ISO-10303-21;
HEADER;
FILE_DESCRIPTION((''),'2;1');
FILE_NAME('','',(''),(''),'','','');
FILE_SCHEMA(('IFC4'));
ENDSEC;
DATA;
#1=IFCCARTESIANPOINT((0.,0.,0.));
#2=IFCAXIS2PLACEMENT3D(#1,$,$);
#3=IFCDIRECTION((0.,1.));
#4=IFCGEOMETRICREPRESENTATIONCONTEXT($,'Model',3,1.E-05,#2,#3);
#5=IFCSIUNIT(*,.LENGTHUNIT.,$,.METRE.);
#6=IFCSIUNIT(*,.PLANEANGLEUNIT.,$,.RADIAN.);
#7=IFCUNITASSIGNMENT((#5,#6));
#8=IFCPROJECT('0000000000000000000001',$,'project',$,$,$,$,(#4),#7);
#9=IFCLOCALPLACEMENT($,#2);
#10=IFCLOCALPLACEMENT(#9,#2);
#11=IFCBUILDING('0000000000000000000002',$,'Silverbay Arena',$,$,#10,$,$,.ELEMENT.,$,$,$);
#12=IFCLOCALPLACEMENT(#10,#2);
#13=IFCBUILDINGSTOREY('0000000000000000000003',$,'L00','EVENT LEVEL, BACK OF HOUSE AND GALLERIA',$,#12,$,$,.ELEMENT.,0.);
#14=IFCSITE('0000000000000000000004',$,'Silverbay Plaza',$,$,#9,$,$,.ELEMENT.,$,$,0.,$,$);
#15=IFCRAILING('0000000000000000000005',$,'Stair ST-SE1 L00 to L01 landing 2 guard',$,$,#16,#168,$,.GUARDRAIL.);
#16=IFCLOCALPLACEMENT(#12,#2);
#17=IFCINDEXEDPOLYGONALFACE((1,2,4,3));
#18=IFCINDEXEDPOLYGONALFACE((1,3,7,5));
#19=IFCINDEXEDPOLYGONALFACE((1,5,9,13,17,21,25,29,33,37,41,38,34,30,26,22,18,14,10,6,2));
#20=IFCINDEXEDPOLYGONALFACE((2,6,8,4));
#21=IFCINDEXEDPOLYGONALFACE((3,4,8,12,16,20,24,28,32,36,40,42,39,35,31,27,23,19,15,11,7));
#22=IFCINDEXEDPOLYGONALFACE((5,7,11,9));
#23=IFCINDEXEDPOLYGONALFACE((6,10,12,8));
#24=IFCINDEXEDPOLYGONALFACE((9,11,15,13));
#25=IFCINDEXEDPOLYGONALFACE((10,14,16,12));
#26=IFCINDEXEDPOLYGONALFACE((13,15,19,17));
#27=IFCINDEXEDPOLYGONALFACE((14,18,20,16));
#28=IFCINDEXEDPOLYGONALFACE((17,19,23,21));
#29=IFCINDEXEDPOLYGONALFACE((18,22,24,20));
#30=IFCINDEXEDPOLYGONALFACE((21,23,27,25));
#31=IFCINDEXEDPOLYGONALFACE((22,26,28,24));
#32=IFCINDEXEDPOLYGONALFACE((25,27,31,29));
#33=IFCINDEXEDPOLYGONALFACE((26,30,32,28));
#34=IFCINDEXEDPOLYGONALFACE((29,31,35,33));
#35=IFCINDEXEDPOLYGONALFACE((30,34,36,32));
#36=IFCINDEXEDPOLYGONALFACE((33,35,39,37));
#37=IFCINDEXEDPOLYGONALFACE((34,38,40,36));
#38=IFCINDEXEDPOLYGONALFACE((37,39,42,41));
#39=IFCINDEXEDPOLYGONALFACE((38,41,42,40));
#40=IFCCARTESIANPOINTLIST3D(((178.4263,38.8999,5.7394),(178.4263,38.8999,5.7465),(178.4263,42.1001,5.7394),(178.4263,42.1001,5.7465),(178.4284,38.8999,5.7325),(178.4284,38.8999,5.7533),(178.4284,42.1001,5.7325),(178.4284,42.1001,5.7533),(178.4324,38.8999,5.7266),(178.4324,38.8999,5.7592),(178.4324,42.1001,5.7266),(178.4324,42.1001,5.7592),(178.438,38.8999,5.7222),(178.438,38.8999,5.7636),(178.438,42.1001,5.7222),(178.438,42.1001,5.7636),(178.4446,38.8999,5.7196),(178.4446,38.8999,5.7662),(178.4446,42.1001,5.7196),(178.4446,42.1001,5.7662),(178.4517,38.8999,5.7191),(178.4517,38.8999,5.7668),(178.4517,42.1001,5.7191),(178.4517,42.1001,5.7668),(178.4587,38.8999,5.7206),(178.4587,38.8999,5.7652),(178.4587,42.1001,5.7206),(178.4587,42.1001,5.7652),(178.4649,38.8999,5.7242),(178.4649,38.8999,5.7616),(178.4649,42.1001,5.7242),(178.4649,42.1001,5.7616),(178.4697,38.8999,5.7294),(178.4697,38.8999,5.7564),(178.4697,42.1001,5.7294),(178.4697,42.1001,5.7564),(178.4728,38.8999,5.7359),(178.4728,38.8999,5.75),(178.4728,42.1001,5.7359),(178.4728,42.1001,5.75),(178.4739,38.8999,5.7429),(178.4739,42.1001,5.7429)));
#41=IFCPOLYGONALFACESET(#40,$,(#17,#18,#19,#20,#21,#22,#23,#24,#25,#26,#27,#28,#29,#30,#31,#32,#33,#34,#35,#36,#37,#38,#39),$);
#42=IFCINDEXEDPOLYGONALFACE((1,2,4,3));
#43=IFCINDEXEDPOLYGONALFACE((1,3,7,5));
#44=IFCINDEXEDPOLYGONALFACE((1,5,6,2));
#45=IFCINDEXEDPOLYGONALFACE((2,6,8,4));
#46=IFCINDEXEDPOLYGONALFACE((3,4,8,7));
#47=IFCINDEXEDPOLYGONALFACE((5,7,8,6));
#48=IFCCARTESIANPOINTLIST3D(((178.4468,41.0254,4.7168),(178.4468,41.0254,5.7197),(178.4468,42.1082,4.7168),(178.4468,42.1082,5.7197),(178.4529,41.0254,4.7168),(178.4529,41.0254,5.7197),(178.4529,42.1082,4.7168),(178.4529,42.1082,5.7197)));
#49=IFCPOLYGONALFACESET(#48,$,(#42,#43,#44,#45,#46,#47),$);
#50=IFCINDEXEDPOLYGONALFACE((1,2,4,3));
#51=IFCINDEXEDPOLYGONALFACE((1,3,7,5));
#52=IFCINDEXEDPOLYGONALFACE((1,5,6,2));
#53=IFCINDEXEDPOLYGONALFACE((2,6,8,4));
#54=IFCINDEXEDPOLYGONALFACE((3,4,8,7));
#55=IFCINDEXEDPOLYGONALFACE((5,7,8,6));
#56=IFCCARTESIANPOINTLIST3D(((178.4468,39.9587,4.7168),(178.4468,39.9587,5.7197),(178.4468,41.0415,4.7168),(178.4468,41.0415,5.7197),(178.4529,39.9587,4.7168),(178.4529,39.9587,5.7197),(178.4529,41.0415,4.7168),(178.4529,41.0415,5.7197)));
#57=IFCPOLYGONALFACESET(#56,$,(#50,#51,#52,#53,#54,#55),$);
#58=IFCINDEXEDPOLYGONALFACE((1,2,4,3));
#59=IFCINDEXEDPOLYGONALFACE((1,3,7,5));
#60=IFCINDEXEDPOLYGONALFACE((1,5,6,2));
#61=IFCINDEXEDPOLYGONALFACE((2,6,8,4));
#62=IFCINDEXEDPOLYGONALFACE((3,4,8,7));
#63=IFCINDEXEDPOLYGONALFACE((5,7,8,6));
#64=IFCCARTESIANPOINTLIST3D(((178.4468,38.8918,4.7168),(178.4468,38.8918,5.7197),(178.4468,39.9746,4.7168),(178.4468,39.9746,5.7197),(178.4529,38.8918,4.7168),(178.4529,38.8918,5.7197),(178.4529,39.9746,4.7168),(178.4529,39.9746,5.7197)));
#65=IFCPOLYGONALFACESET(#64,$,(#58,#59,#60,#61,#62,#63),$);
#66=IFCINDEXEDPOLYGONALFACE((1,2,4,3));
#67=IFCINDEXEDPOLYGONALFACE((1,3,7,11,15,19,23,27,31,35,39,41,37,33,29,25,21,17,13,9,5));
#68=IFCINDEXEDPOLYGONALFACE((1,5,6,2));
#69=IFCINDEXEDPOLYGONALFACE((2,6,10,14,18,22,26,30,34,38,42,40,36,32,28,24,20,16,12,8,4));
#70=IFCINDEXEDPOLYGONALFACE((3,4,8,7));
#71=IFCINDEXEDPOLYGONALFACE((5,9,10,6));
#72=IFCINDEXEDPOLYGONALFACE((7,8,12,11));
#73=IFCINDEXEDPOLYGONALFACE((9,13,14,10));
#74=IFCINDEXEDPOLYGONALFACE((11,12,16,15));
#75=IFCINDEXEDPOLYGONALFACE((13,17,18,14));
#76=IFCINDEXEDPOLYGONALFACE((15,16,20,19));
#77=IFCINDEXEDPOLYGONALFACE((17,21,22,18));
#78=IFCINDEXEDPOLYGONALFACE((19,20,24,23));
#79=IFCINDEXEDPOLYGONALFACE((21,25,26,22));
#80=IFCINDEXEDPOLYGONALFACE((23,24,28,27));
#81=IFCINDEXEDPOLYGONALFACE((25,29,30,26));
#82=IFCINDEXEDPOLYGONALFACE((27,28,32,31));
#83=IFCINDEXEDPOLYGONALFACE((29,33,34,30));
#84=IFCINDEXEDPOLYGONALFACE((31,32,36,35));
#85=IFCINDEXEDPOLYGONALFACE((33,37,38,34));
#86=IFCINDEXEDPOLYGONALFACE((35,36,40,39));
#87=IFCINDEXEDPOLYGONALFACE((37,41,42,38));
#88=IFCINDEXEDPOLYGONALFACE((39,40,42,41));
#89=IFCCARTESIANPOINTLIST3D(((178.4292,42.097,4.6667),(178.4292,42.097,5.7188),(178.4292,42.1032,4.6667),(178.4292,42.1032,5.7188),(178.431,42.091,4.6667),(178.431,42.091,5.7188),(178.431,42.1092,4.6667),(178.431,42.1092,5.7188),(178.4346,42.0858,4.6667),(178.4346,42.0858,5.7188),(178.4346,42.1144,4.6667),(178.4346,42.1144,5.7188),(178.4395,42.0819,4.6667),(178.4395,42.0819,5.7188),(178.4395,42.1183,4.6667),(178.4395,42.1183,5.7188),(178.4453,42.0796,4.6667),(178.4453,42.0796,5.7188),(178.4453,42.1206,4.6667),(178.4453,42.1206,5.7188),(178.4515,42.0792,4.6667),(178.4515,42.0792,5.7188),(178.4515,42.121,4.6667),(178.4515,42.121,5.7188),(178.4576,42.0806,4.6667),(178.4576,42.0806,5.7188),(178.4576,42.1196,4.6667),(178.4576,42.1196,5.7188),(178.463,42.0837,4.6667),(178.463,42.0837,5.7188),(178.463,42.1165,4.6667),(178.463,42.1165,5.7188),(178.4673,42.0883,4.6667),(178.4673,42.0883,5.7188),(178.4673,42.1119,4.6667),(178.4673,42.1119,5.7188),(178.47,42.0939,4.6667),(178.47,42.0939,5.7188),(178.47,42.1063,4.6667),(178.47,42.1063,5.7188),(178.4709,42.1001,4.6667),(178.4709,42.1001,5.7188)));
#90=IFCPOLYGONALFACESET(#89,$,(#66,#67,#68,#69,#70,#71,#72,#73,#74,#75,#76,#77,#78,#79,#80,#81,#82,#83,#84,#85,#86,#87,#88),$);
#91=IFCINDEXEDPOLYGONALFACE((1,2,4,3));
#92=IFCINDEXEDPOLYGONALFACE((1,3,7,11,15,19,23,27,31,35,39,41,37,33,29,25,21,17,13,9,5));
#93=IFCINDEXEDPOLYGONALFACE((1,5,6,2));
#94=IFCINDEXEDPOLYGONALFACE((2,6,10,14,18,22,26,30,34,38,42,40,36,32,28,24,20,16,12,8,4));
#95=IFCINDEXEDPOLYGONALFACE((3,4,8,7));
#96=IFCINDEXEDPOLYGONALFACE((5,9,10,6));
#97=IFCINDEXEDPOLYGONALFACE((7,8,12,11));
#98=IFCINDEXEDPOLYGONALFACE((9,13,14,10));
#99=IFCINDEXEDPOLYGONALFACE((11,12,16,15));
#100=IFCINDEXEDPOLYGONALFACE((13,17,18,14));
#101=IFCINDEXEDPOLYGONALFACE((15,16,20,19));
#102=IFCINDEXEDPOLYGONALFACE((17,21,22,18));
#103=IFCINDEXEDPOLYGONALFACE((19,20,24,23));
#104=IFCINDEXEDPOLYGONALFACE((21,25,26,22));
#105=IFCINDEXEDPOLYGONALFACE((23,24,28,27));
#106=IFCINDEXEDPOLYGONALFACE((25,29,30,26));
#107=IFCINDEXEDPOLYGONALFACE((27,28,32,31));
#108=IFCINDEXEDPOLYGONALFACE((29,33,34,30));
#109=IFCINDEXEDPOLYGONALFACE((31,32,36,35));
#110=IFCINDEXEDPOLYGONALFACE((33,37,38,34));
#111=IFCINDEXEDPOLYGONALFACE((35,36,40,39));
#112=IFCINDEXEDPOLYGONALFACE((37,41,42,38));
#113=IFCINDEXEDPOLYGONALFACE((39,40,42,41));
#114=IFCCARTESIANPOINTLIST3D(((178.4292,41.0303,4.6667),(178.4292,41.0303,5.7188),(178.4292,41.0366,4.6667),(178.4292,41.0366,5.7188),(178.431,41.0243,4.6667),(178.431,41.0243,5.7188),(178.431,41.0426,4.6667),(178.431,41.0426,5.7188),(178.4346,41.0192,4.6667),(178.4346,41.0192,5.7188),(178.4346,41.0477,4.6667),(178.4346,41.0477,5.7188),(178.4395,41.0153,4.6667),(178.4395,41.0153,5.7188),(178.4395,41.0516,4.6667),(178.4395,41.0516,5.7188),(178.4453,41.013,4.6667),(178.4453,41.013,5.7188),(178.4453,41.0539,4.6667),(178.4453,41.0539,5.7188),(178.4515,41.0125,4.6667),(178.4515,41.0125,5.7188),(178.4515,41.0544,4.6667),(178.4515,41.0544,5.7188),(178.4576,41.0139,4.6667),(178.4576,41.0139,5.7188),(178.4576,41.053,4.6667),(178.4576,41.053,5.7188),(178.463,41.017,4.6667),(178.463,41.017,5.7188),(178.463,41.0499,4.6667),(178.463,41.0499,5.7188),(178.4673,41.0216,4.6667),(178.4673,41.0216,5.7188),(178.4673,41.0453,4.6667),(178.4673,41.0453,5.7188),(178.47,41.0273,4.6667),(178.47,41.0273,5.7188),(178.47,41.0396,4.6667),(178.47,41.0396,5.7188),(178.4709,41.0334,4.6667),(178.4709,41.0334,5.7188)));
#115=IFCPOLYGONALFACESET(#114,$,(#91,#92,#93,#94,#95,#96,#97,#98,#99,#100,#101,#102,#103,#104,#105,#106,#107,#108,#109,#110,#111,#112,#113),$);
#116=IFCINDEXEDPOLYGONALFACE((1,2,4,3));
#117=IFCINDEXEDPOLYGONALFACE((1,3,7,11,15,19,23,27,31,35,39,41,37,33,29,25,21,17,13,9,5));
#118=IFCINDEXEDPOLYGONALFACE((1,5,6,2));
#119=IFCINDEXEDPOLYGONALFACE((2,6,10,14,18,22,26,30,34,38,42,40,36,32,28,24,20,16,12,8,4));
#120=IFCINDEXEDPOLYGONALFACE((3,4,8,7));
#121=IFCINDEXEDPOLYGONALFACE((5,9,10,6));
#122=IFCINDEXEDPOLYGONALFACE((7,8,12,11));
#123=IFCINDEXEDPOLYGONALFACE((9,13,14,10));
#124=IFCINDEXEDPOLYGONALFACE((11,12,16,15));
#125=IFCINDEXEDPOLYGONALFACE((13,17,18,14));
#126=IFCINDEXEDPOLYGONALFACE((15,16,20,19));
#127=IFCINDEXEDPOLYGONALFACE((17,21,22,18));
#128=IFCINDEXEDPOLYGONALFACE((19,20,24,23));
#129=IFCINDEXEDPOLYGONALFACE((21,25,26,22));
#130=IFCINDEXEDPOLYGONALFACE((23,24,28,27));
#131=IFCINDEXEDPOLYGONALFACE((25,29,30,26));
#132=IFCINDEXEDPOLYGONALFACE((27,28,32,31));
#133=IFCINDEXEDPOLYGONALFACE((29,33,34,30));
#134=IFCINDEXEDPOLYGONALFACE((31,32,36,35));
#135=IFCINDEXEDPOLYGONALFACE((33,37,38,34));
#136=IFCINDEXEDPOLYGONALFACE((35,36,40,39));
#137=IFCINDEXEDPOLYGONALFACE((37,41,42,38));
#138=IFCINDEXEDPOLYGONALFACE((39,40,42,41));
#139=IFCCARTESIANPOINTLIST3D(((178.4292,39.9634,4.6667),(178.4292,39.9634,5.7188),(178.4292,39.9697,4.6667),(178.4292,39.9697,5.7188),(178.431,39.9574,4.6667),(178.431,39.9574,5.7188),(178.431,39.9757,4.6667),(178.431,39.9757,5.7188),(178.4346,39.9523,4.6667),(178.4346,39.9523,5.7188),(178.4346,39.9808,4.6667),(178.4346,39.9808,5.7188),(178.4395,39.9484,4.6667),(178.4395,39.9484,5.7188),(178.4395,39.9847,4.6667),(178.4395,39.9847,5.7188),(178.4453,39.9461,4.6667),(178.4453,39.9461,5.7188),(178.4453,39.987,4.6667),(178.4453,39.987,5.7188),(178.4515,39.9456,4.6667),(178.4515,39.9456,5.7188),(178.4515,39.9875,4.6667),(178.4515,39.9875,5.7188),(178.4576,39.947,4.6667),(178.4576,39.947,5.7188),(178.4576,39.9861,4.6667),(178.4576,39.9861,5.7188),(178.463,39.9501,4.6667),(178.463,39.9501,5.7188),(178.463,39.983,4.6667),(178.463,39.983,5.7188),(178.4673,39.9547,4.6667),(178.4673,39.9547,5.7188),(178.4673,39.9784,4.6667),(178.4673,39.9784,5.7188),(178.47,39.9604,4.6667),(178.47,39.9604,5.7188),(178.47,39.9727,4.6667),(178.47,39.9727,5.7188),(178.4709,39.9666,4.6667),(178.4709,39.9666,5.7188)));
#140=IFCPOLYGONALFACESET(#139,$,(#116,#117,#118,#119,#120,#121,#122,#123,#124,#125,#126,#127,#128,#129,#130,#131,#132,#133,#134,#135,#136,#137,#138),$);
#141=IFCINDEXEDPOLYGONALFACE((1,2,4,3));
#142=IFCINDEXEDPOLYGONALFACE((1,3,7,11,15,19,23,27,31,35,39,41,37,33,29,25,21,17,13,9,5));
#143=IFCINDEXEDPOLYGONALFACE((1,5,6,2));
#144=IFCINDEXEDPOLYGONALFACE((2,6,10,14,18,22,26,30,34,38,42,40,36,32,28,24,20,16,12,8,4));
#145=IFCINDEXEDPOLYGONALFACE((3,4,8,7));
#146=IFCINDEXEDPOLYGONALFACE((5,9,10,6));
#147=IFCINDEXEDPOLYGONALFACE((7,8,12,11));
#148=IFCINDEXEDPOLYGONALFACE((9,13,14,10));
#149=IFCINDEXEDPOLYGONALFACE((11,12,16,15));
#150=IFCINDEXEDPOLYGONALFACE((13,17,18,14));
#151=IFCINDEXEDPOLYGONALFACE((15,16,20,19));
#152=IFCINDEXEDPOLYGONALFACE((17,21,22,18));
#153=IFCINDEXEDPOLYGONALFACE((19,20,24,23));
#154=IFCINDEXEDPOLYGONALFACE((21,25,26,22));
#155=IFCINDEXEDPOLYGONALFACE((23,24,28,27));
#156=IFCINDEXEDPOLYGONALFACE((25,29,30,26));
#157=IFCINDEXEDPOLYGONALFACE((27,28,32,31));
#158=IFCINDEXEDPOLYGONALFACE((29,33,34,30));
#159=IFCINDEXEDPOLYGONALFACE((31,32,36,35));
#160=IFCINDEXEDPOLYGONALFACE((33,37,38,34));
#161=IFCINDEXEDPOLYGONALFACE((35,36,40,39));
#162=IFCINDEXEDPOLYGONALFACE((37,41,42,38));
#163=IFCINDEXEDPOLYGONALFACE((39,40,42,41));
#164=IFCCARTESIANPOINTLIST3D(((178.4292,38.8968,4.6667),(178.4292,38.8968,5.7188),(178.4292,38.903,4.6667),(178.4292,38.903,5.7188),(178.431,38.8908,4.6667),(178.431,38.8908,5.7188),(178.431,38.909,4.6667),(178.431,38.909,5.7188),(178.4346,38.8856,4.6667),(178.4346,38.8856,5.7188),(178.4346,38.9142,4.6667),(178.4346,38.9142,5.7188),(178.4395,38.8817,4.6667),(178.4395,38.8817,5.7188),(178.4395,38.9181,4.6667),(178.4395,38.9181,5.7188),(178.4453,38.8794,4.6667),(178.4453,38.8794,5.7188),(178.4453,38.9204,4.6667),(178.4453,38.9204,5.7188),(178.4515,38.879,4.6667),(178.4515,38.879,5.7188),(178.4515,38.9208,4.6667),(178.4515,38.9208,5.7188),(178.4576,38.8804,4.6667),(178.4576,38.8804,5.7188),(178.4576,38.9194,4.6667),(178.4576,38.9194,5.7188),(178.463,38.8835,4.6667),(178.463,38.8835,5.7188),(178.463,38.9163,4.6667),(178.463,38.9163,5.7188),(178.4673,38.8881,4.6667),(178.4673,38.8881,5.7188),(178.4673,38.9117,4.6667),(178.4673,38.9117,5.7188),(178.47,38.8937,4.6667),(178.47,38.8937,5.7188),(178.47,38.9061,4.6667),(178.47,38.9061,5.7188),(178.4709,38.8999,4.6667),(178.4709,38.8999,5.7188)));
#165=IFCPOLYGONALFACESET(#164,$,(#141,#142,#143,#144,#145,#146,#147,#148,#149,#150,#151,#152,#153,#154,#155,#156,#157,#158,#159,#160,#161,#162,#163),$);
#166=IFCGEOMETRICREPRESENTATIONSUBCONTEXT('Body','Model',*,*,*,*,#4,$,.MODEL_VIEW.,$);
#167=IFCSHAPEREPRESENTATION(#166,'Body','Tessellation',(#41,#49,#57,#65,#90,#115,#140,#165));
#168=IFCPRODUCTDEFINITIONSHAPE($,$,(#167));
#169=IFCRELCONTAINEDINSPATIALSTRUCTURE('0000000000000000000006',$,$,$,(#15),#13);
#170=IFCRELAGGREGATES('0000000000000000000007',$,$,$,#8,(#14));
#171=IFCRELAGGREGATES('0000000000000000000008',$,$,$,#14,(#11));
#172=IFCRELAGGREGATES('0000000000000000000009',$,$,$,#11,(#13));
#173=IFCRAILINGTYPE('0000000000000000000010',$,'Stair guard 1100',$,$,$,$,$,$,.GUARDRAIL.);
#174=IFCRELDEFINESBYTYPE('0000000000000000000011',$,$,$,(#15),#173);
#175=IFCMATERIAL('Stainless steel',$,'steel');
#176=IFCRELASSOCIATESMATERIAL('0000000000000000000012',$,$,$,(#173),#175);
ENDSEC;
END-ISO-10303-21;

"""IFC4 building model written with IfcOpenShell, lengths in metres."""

from ifc_helpers import new_model, si_unit, direction, frame, origin, origin_2d, place, context, subcontext, project, spatial, polyline, circle, outline, extrude, material, type_object, element, save


model = new_model("IFC4")

# Units and contexts
model_context = context("Model", 3, precision=1e-05, world=origin(), true_north=direction((0.0, 1.0)))
body_context = subcontext(model_context, "Body", "Model", "MODEL_VIEW")
ifc_project = project(units=[si_unit("LENGTHUNIT", "METRE"), si_unit("PLANEANGLEUNIT", "RADIAN")], contexts=[model_context])

# Site, building, storey
site_placement = place(None, origin())
site = spatial("IfcSite", under=ifc_project, at=site_placement, Name="Silverbay Plaza", CompositionType="ELEMENT", RefElevation=0.0)
building_placement = place(site_placement, origin())
building = spatial("IfcBuilding", under=site, at=building_placement, Name="Silverbay Arena", CompositionType="ELEMENT")
storey_placement = place(building_placement, origin())
storey = spatial("IfcBuildingStorey", under=building, at=storey_placement, Name="L00", Description="EVENT LEVEL, BACK OF HOUSE AND GALLERIA", CompositionType="ELEMENT", Elevation=0.0)

# Railing
ifc_material_1 = material(Name="Stainless steel", Category="steel")
railing_type_1 = type_object("IfcRailingType", Name="Stair guard 1100", PredefinedType="GUARDRAIL", material=ifc_material_1)
for number, where, name in (
    (1, (178.45, 42.1001, 4.6667), "Stair ST-SE1 L00 to L01 landing 2 guard"),
):
    element("IfcRailing", number, at=place(storey_placement, frame(where)), inside=storey, type_object=railing_type_1, Name=name, PredefinedType="GUARDRAIL", context=body_context, shape_type="SweptSolid", body=[
        extrude(circle(Radius=0.0239, at=origin_2d()), frame((0.0, 0.0, 1.0762), z_axis=(0.0, -1.0, 0.0), x_axis=(1.0, 0.0, 0.0)), (0.0, 0.0, 1.0), 3.2002),
        extrude(outline(polyline([(-0.0081, 0.05), (1.0747, 0.05), (1.0747, 1.053), (-0.0081, 1.053), (-0.0081, 0.05)])), frame((0.0029, 0.0, 0.0), z_axis=(-1.0, 0.0, 0.0), x_axis=(0.0, -1.0, 0.0)), (0.0, 0.0, 1.0), 0.0061),
        extrude(outline(polyline([(-0.0081, 0.05), (1.0747, 0.05), (1.0747, 1.053), (-0.0081, 1.053), (-0.0081, 0.05)])), frame((0.0029, -1.0667, 0.0), z_axis=(-1.0, 0.0, 0.0), x_axis=(0.0, -1.0, 0.0)), (0.0, 0.0, 1.0), 0.0061),
        extrude(outline(polyline([(-0.0081, 0.05), (1.0747, 0.05), (1.0747, 1.053), (-0.0081, 1.053), (-0.0081, 0.05)])), frame((0.0029, -2.1335, 0.0), z_axis=(-1.0, 0.0, 0.0), x_axis=(0.0, -1.0, 0.0)), (0.0, 0.0, 1.0), 0.0061),
        extrude(circle(Radius=0.021, at=origin_2d()), origin(), (0.0, 0.0, 1.0), 1.052),
        extrude(circle(Radius=0.021, at=origin_2d()), frame((0.0, -1.0667, 0.0)), (0.0, 0.0, 1.0), 1.052),
        extrude(circle(Radius=0.021, at=origin_2d()), frame((0.0, -2.1335, 0.0)), (0.0, 0.0, 1.0), 1.052),
        extrude(circle(Radius=0.021, at=origin_2d()), frame((0.0, -3.2002, 0.0)), (0.0, 0.0, 1.0), 1.052),
    ])

save(model, "model.ifc")
